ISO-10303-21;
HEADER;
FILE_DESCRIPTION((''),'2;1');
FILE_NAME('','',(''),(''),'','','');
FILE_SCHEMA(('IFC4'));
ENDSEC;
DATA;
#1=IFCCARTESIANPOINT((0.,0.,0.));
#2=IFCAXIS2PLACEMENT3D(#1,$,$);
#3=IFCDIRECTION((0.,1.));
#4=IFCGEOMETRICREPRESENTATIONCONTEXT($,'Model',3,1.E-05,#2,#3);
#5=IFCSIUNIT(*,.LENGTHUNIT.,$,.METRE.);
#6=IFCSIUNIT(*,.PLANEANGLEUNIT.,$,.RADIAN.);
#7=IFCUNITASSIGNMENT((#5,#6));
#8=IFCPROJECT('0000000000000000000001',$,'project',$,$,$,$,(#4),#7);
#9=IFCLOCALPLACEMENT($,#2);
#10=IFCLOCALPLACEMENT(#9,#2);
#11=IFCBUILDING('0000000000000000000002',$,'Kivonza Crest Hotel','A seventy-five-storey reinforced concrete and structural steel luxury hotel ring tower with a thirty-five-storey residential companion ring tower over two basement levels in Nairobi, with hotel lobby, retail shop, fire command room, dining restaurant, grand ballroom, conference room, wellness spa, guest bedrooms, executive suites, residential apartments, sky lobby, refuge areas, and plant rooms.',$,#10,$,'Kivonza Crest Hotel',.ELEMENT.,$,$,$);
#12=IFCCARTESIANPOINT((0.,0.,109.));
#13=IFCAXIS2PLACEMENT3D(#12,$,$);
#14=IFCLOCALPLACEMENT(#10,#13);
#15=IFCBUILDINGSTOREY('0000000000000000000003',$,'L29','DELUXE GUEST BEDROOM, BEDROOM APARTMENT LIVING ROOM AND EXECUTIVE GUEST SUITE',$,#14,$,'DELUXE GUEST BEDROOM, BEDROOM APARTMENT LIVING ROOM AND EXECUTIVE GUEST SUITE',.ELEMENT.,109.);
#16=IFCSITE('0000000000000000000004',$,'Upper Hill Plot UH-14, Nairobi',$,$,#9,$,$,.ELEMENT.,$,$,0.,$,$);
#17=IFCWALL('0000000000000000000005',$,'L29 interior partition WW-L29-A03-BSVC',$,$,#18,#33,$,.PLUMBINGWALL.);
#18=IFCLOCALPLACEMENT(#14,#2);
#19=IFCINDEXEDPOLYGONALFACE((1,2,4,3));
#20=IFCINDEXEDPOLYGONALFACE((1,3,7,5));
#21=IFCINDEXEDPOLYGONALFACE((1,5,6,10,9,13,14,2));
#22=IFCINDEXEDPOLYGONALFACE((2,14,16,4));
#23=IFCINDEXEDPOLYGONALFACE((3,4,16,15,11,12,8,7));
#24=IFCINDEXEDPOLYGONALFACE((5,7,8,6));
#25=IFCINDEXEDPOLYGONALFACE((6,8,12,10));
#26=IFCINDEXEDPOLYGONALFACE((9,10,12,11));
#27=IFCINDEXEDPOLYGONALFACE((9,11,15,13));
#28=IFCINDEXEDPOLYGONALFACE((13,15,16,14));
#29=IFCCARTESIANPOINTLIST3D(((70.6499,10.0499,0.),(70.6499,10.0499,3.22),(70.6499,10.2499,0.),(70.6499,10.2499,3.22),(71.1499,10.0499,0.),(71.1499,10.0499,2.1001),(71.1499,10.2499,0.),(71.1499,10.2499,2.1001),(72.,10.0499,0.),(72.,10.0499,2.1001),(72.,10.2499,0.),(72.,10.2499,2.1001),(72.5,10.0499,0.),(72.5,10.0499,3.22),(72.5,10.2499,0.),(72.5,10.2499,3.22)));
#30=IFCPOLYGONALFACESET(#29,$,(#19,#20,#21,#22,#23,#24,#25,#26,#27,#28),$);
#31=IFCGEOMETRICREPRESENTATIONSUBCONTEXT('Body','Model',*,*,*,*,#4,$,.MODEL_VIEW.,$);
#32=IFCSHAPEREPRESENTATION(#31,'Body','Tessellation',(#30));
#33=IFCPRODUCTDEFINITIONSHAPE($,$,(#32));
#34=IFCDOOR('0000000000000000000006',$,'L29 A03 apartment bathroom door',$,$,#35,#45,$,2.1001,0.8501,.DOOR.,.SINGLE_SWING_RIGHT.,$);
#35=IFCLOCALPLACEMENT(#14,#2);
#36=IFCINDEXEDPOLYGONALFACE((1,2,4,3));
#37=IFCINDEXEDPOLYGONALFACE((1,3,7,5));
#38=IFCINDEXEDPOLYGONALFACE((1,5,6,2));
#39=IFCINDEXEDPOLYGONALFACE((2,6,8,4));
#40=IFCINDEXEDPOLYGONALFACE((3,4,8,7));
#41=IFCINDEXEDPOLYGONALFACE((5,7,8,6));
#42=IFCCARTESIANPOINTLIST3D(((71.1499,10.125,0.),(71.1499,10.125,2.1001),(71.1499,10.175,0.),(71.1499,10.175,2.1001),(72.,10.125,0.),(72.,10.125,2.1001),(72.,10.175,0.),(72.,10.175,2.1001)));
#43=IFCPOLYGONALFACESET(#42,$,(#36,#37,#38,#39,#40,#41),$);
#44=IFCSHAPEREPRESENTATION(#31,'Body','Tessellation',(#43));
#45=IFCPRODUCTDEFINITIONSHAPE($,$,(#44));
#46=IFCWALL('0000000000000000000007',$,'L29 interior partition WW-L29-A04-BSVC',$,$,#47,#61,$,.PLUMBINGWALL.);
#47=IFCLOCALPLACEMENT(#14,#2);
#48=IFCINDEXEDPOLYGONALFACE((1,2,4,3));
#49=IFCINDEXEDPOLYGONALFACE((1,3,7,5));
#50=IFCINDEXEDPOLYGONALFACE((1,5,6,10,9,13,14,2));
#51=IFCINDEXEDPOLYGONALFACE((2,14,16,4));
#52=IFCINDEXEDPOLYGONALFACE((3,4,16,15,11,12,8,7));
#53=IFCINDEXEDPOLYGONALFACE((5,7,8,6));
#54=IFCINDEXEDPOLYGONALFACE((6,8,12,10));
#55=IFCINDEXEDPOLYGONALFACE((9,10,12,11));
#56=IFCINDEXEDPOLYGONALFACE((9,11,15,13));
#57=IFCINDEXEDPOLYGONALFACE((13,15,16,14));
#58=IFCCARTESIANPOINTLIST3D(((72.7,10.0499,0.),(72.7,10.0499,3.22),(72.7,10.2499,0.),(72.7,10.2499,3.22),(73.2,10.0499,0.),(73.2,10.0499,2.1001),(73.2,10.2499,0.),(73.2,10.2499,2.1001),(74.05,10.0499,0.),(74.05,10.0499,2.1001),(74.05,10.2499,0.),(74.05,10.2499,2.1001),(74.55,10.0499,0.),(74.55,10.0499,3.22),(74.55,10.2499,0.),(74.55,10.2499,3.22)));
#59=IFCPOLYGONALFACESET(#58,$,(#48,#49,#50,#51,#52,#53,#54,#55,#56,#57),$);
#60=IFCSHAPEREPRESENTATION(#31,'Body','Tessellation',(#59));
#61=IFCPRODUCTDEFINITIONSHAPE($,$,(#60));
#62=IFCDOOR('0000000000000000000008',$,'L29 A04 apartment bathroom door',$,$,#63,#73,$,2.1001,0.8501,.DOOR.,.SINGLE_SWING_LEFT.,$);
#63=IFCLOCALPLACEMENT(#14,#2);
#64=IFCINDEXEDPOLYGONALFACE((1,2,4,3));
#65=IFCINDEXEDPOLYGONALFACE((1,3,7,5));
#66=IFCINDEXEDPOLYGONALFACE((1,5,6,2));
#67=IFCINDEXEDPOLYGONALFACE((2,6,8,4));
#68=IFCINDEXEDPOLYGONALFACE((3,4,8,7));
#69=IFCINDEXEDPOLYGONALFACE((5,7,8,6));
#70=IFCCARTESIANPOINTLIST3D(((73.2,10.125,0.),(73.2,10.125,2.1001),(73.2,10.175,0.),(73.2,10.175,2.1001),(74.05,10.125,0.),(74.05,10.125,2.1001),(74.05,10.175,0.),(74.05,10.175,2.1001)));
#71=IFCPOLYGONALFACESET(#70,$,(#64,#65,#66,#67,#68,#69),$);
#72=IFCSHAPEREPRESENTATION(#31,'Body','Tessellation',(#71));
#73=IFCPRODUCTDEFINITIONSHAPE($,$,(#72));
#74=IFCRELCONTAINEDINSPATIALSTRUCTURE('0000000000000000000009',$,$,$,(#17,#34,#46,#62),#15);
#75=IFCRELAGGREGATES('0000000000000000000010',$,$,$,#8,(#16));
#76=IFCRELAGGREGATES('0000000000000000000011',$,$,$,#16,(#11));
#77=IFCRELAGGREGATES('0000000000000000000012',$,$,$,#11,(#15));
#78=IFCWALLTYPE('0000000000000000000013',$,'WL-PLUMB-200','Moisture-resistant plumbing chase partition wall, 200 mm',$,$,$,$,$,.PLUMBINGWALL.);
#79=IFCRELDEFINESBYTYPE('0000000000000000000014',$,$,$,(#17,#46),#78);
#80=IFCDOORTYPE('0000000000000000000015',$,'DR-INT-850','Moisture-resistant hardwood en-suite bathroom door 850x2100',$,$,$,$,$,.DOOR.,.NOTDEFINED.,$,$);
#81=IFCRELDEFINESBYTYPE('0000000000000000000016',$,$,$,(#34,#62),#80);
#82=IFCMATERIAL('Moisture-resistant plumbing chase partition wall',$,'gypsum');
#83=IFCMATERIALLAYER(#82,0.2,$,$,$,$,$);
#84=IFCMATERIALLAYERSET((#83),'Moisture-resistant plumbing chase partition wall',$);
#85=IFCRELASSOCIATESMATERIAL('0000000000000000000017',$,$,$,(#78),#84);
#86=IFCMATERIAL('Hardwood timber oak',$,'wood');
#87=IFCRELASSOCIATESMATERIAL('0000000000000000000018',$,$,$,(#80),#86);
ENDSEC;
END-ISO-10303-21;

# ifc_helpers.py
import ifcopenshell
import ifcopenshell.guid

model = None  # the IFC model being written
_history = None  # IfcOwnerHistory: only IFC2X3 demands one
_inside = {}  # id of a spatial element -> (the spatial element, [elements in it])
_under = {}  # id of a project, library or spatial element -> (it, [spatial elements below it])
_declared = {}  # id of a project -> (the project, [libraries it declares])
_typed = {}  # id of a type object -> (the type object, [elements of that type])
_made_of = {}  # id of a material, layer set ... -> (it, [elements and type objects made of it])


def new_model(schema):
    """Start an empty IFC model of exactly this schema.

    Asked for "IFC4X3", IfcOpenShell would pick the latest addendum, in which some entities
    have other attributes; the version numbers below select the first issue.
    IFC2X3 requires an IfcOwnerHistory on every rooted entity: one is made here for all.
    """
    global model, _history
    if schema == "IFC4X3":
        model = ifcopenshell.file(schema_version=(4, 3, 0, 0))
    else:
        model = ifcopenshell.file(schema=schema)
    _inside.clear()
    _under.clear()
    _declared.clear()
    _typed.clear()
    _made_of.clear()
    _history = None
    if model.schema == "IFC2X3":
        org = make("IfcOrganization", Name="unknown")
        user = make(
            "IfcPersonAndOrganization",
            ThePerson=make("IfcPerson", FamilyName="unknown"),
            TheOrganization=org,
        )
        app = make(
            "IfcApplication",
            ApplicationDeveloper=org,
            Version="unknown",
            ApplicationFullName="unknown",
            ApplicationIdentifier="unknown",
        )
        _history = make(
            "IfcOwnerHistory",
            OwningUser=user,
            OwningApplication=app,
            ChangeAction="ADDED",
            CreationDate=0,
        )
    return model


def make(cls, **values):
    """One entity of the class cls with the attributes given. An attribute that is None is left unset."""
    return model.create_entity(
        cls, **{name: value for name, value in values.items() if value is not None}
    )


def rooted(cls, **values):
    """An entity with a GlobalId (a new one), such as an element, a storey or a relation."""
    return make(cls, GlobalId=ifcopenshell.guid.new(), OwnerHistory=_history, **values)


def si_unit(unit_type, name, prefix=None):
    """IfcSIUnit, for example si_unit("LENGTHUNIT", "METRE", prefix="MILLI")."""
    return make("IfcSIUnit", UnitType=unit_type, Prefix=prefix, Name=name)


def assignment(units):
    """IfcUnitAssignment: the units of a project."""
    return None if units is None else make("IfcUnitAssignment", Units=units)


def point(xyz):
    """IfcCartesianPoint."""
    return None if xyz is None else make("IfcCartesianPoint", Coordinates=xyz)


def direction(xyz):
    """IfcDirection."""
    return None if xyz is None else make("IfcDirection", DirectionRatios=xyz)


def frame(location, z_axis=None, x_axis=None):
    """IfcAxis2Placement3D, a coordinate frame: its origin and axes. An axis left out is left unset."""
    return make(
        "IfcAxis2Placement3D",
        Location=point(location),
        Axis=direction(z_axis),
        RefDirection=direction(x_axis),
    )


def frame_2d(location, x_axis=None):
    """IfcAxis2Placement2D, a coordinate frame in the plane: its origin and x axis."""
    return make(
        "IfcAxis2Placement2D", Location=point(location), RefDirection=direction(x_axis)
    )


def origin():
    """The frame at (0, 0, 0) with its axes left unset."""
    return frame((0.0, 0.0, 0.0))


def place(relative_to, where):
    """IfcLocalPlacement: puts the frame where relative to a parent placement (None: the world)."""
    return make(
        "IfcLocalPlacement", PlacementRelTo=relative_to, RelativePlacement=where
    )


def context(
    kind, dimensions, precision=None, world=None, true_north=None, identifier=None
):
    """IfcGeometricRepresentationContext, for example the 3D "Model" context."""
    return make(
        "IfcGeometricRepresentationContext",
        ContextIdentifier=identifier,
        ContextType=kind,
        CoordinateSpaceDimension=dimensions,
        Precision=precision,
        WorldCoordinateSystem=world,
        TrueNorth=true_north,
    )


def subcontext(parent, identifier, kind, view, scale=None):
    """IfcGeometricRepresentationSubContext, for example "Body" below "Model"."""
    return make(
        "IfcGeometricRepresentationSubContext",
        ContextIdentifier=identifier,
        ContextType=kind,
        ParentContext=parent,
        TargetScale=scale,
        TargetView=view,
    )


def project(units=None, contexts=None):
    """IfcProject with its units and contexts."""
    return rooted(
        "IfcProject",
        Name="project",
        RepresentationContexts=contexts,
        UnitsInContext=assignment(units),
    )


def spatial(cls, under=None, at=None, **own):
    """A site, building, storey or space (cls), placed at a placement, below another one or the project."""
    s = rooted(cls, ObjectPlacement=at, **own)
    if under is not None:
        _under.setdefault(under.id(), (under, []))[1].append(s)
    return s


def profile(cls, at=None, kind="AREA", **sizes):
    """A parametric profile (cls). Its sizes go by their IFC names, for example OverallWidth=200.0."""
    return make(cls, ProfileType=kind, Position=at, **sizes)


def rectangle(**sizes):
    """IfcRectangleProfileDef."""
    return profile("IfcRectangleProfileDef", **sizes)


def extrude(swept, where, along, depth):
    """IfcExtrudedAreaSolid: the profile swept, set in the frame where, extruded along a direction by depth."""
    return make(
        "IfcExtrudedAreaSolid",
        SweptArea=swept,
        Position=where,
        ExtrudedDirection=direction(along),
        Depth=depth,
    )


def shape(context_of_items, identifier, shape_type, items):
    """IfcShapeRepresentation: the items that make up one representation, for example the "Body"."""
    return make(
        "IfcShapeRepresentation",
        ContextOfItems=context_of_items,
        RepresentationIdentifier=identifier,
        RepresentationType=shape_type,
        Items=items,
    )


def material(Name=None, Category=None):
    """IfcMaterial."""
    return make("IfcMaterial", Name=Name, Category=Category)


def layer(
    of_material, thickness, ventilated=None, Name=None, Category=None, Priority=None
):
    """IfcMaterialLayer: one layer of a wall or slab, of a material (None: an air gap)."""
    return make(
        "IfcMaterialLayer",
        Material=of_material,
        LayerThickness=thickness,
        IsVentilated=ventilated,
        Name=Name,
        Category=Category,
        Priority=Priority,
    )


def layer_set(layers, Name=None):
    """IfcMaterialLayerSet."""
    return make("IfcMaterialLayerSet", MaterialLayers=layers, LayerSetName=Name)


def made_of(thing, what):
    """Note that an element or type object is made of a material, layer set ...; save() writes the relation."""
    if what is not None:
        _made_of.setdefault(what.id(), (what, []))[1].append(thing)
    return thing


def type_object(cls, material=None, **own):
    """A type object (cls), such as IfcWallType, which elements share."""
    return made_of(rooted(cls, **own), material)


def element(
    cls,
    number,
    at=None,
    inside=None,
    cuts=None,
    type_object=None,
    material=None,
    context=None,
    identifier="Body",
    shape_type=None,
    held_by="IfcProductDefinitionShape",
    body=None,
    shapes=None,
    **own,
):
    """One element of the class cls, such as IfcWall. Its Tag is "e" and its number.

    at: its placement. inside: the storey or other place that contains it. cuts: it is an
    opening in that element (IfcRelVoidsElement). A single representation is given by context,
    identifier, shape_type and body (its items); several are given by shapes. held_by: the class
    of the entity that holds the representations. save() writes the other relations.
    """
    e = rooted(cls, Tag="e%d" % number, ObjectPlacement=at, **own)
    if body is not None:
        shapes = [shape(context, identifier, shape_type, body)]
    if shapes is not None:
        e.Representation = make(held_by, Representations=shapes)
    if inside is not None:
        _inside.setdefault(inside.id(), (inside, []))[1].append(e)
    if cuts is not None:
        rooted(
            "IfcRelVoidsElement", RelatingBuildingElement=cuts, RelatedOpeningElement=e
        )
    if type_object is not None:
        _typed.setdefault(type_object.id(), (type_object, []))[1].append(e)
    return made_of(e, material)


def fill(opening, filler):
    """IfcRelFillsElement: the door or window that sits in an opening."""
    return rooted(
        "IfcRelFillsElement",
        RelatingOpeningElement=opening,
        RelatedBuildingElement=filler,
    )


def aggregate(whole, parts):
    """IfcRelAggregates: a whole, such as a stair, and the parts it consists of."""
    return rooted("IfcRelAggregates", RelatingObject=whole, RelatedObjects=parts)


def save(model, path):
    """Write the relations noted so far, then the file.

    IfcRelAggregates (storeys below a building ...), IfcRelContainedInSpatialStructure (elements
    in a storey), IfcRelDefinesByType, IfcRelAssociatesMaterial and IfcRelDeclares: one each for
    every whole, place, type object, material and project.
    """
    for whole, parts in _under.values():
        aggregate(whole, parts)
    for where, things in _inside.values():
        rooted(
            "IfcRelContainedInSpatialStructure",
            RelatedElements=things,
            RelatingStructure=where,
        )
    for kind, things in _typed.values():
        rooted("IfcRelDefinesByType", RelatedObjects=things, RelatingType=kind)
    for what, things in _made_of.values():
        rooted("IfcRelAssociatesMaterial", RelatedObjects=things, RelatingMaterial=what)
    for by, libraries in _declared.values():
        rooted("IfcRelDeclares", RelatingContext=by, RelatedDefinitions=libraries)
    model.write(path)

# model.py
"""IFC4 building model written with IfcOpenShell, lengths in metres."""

from ifc_helpers import new_model, si_unit, direction, frame, frame_2d, origin, place, context, subcontext, project, spatial, rectangle, extrude, material, layer, layer_set, type_object, element, fill, save


model = new_model("IFC4")

# Units and contexts
model_context = context("Model", 3, precision=1e-05, world=origin(), true_north=direction((0.0, 1.0)))
body_context = subcontext(model_context, "Body", "Model", "MODEL_VIEW")
ifc_project = project(units=[si_unit("LENGTHUNIT", "METRE"), si_unit("PLANEANGLEUNIT", "RADIAN")], contexts=[model_context])

# Site, building, storey
site_placement = place(None, origin())
site = spatial("IfcSite", under=ifc_project, at=site_placement, Name="Upper Hill Plot UH-14, Nairobi", CompositionType="ELEMENT", RefElevation=0.0)
building_placement = place(site_placement, origin())
building = spatial("IfcBuilding", under=site, at=building_placement, Name="Kivonza Crest Hotel", Description="A seventy-five-storey reinforced concrete and structural steel luxury hotel ring tower with a thirty-five-storey residential companion ring tower over two basement levels in Nairobi, with hotel lobby, retail shop, fire command room, dining restaurant, grand ballroom, conference room, wellness spa, guest bedrooms, executive suites, residential apartments, sky lobby, refuge areas, and plant rooms.", LongName="Kivonza Crest Hotel", CompositionType="ELEMENT")
storey_placement = place(building_placement, frame((0.0, 0.0, 109.0)))
storey = spatial("IfcBuildingStorey", under=building, at=storey_placement, Name="L29", Description="DELUXE GUEST BEDROOM, BEDROOM APARTMENT LIVING ROOM AND EXECUTIVE GUEST SUITE", LongName="DELUXE GUEST BEDROOM, BEDROOM APARTMENT LIVING ROOM AND EXECUTIVE GUEST SUITE", CompositionType="ELEMENT", Elevation=109.0)

# Shared definitions
ifc_material_1 = material(Name="Hardwood timber oak", Category="wood")

# Shared definitions
ifc_material_2 = material(Name="Moisture-resistant plumbing chase partition wall", Category="gypsum")
ifc_layer_1 = layer(ifc_material_2, 0.2)
ifc_layer_set_1 = layer_set([ifc_layer_1], Name="Moisture-resistant plumbing chase partition wall")
wall_type_1 = type_object("IfcWallType", Name="WL-PLUMB-200", Description="Moisture-resistant plumbing chase partition wall, 200 mm", PredefinedType="PLUMBINGWALL", material=ifc_layer_set_1)

# Walls, openings, doors
wall_1_placement = place(storey_placement, frame((70.6499, 10.1499, 0.0), z_axis=(0.0, 0.0, 1.0), x_axis=(1.0, 0.0, 0.0)))
wall_1 = element("IfcWall", 1, at=wall_1_placement, inside=storey, type_object=wall_type_1, Name="L29 interior partition WW-L29-A03-BSVC", PredefinedType="PLUMBINGWALL", context=body_context, shape_type="SweptSolid", body=[
    extrude(rectangle(XDim=1.8501, YDim=0.2, at=frame_2d((0.925, 0.0))), origin(), (0.0, 0.0, 1.0), 3.22),
])
opening_1_placement = place(wall_1_placement, frame((0.5, 0.0, 0.0)))
opening_1 = element("IfcOpeningElement", 2, at=opening_1_placement, cuts=wall_1, PredefinedType="OPENING", context=body_context, shape_type="SweptSolid", body=[
    extrude(rectangle(XDim=0.8501, YDim=2.1001, at=frame_2d((0.425, 1.05))), frame((0.0, 0.1099, 0.0), z_axis=(0.0, -1.0, 0.0), x_axis=(1.0, 0.0, 0.0)), (0.0, 0.0, 1.0), 0.22),
])
door_type_1 = type_object("IfcDoorType", Name="DR-INT-850", Description="Moisture-resistant hardwood en-suite bathroom door 850x2100", OperationType="NOTDEFINED", PredefinedType="DOOR", material=ifc_material_1)
door_1_placement = place(opening_1_placement, frame((0.8501, 0.0, 0.0), z_axis=(0.0, 0.0, 1.0), x_axis=(-1.0, 0.0, 0.0)))
door_1 = element("IfcDoor", 3, at=door_1_placement, inside=storey, type_object=door_type_1, Name="L29 A03 apartment bathroom door", OperationType="SINGLE_SWING_RIGHT", OverallHeight=2.1001, OverallWidth=0.8501, PredefinedType="DOOR", context=body_context, shape_type="SweptSolid", body=[
    extrude(rectangle(XDim=0.8501, YDim=2.1001, at=frame_2d((0.425, 1.05))), frame((0.0, 0.0249, 0.0), z_axis=(0.0, -1.0, 0.0), x_axis=(1.0, 0.0, 0.0)), (0.0, 0.0, 1.0), 0.05),
])
fill(opening_1, door_1)
wall_2_placement = place(storey_placement, frame((72.7, 10.1499, 0.0), z_axis=(0.0, 0.0, 1.0), x_axis=(1.0, 0.0, 0.0)))
wall_2 = element("IfcWall", 4, at=wall_2_placement, inside=storey, type_object=wall_type_1, Name="L29 interior partition WW-L29-A04-BSVC", PredefinedType="PLUMBINGWALL", context=body_context, shape_type="SweptSolid", body=[
    extrude(rectangle(XDim=1.8501, YDim=0.2, at=frame_2d((0.925, 0.0))), origin(), (0.0, 0.0, 1.0), 3.22),
])
opening_2_placement = place(wall_2_placement, frame((0.5, 0.0, 0.0)))
opening_2 = element("IfcOpeningElement", 5, at=opening_2_placement, cuts=wall_2, PredefinedType="OPENING", context=body_context, shape_type="SweptSolid", body=[
    extrude(rectangle(XDim=0.8501, YDim=2.1001, at=frame_2d((0.425, 1.05))), frame((0.0, 0.1099, 0.0), z_axis=(0.0, -1.0, 0.0), x_axis=(1.0, 0.0, 0.0)), (0.0, 0.0, 1.0), 0.22),
])
door_2_placement = place(opening_2_placement, frame((0.8501, 0.0, 0.0), z_axis=(0.0, 0.0, 1.0), x_axis=(-1.0, 0.0, 0.0)))
door_2 = element("IfcDoor", 6, at=door_2_placement, inside=storey, type_object=door_type_1, Name="L29 A04 apartment bathroom door", OperationType="SINGLE_SWING_LEFT", OverallHeight=2.1001, OverallWidth=0.8501, PredefinedType="DOOR", context=body_context, shape_type="SweptSolid", body=[
    extrude(rectangle(XDim=0.8501, YDim=2.1001, at=frame_2d((0.425, 1.05))), frame((0.0, 0.0249, 0.0), z_axis=(0.0, -1.0, 0.0), x_axis=(1.0, 0.0, 0.0)), (0.0, 0.0, 1.0), 0.05),
])
fill(opening_2, door_2)

save(model, "model.ifc")
